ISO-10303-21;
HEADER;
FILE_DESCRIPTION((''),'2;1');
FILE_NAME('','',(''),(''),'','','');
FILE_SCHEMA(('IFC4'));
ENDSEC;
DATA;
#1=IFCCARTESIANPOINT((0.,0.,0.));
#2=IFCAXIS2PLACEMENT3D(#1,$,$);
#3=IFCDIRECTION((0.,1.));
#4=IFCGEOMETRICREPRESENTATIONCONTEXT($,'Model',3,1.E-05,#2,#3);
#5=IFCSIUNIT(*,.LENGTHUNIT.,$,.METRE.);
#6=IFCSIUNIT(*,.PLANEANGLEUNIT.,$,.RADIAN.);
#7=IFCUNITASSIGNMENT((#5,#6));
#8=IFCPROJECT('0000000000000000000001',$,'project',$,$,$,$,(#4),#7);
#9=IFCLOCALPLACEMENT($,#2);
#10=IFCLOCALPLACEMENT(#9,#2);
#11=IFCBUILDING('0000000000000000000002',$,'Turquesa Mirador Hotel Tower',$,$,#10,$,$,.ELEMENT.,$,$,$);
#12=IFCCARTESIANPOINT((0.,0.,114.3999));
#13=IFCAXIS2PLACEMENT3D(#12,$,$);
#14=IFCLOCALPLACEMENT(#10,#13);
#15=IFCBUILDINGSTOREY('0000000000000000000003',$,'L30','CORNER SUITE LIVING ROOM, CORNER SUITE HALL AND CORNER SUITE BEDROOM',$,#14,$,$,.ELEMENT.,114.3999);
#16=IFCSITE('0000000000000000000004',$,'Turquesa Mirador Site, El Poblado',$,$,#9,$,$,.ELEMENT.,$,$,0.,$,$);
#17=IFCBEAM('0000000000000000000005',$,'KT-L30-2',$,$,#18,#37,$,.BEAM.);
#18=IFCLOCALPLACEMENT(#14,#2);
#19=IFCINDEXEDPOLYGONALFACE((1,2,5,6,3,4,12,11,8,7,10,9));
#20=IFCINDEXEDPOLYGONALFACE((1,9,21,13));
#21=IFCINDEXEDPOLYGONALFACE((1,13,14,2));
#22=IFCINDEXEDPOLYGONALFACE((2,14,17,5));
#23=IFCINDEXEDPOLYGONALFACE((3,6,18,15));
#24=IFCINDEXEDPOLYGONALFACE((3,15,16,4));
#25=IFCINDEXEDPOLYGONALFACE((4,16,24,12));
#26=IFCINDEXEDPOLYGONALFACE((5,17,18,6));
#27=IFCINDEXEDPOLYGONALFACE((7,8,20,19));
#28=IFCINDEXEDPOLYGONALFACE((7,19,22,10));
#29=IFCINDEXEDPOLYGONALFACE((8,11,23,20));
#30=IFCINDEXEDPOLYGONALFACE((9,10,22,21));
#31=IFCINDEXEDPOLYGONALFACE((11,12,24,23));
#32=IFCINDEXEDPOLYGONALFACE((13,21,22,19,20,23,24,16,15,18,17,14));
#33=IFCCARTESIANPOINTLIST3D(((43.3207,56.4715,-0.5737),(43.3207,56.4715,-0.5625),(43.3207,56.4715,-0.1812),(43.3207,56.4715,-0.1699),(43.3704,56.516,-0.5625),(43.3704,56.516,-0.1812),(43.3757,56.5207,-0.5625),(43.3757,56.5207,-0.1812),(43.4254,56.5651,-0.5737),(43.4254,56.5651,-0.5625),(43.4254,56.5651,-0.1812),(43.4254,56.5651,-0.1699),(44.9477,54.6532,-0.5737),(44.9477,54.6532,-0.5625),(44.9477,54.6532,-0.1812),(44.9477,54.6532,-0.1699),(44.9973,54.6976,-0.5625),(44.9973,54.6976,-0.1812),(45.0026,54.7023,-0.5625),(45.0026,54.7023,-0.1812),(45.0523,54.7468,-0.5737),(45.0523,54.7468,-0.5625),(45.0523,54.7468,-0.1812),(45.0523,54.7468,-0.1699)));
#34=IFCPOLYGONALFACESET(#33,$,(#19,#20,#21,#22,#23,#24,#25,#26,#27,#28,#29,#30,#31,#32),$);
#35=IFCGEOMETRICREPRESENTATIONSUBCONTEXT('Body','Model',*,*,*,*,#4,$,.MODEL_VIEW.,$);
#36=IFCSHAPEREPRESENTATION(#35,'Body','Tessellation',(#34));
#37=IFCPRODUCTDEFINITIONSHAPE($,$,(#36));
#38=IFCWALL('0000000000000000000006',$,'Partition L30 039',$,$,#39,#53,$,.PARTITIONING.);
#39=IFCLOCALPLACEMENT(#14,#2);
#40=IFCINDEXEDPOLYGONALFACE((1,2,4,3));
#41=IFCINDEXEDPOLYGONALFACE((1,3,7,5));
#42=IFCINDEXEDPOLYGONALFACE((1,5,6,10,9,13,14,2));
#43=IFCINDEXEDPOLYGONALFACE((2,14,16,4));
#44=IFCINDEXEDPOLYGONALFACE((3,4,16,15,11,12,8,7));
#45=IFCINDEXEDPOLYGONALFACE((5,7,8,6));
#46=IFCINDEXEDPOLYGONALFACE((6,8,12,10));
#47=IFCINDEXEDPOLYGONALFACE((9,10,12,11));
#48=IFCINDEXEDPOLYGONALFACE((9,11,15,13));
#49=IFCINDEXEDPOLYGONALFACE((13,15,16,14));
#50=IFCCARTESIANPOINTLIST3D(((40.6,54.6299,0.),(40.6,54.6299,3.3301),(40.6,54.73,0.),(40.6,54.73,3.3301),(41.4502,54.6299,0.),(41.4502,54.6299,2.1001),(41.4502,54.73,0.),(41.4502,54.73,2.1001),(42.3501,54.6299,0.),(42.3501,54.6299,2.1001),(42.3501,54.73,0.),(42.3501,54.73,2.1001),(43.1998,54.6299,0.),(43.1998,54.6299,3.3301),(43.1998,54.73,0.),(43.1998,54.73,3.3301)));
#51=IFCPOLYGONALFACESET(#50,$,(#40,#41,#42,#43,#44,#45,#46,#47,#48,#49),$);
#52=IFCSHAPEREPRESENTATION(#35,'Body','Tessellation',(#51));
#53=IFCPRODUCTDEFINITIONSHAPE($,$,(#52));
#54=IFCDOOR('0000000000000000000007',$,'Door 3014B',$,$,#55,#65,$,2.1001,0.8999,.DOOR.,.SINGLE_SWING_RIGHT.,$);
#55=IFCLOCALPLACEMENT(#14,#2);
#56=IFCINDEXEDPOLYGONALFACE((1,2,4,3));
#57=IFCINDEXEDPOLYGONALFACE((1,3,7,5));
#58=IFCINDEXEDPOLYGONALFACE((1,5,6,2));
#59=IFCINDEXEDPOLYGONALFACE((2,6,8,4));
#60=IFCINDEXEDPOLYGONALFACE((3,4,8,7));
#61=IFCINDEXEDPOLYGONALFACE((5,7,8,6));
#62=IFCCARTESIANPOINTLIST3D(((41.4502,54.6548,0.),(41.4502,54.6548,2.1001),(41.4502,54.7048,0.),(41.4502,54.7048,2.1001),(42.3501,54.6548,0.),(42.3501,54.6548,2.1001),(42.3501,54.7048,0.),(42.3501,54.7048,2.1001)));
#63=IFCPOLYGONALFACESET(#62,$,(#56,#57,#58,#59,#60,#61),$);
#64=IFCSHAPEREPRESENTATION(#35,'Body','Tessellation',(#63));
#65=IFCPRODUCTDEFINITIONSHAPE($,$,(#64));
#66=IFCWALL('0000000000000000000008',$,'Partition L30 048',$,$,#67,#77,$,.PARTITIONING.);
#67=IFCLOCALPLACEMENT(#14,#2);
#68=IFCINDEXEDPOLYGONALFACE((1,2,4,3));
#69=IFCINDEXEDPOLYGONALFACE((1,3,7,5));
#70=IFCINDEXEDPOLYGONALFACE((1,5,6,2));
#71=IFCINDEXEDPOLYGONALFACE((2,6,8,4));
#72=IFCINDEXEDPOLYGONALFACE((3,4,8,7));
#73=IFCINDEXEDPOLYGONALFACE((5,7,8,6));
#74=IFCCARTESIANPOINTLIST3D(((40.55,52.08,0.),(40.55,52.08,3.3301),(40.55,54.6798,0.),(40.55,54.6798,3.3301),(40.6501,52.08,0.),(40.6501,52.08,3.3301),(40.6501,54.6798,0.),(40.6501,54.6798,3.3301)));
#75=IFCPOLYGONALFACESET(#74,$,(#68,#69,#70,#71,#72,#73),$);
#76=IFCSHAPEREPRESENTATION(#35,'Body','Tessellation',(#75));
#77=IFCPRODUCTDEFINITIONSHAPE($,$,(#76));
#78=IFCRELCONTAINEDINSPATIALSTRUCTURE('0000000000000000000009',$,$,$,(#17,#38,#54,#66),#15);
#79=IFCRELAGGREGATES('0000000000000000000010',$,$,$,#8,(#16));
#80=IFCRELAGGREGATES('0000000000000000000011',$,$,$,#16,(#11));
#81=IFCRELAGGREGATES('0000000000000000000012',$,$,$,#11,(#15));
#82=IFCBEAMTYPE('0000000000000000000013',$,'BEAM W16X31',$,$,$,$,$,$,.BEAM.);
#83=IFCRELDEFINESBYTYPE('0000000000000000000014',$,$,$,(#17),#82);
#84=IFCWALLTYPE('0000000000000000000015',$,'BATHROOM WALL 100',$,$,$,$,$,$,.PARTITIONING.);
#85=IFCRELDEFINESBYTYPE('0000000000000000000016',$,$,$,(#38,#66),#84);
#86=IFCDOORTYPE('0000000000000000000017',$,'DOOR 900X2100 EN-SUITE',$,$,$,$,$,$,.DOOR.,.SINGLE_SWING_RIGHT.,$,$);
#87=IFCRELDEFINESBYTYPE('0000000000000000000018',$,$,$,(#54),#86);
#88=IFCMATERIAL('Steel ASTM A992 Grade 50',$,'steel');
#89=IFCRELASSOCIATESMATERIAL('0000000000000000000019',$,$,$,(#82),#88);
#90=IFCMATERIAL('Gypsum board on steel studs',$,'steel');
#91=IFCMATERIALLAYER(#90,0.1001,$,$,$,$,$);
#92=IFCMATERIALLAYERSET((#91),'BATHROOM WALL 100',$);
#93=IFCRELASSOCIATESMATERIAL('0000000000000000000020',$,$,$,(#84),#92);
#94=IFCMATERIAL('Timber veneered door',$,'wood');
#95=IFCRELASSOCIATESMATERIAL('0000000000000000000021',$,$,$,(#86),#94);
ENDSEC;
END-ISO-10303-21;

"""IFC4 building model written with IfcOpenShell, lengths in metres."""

from ifc_helpers import new_model, si_unit, direction, frame, frame_2d, origin, origin_2d, place, context, subcontext, project, spatial, rectangle, i_section, extrude, material, layer, layer_set, material_profile, profile_set, type_object, element, fill, save


model = new_model("IFC4")

# Units and contexts
model_context = context("Model", 3, precision=1e-05, world=origin(), true_north=direction((0.0, 1.0)))
body_context = subcontext(model_context, "Body", "Model", "MODEL_VIEW")
ifc_project = project(units=[si_unit("LENGTHUNIT", "METRE"), si_unit("PLANEANGLEUNIT", "RADIAN")], contexts=[model_context])

# Site, building, storey
site_placement = place(None, origin())
site = spatial("IfcSite", under=ifc_project, at=site_placement, Name="Turquesa Mirador Site, El Poblado", CompositionType="ELEMENT", RefElevation=0.0)
building_placement = place(site_placement, origin())
building = spatial("IfcBuilding", under=site, at=building_placement, Name="Turquesa Mirador Hotel Tower", CompositionType="ELEMENT")
storey_placement = place(building_placement, frame((0.0, 0.0, 114.3999)))
storey = spatial("IfcBuildingStorey", under=building, at=storey_placement, Name="L30", Description="CORNER SUITE LIVING ROOM, CORNER SUITE HALL AND CORNER SUITE BEDROOM", CompositionType="ELEMENT", Elevation=114.3999)

# Beam
ifc_material_1 = material(Name="Steel ASTM A992 Grade 50", Category="steel")
ifc_material_profile = material_profile(ifc_material_1, i_section(OverallWidth=0.1404, OverallDepth=0.4038, WebThickness=0.0071, FlangeThickness=0.0112, at=origin_2d()), Name="W16X31")
ifc_profile_set = profile_set([ifc_material_profile], Name="Steel ASTM A992 Grade 50")
beam_type = type_object("IfcBeamType", Name="BEAM W16X31", PredefinedType="BEAM", material=ifc_profile_set)
beam_placement = place(storey_placement, frame((43.373, 56.5183, -0.3718), z_axis=(0.666795, -0.745241, 0.0), x_axis=(0.745241, 0.666795, 0.0)))
element("IfcBeam", 1, at=beam_placement, inside=storey, type_object=beam_type, Name="KT-L30-2", PredefinedType="BEAM", context=body_context, shape_type="SweptSolid", body=[
    extrude(i_section(OverallWidth=0.1404, OverallDepth=0.4038, WebThickness=0.0071, FlangeThickness=0.0112, at=origin_2d()), origin(), (0.0, 0.0, 1.0), 2.4399),
])

# Wall, opening, door
ifc_material_2 = material(Name="Gypsum board on steel studs", Category="steel")
ifc_layer_1 = layer(ifc_material_2, 0.1001)
ifc_layer_set_1 = layer_set([ifc_layer_1], Name="BATHROOM WALL 100")
wall_type_1 = type_object("IfcWallType", Name="BATHROOM WALL 100", PredefinedType="PARTITIONING", material=ifc_layer_set_1)
wall_1_placement = place(storey_placement, frame((40.6001, 54.6799, 0.0), z_axis=(0.0, 0.0, 1.0), x_axis=(1.0, 0.0, 0.0)))
wall_1 = element("IfcWall", 2, at=wall_1_placement, inside=storey, type_object=wall_type_1, Name="Partition L30 039", PredefinedType="PARTITIONING", context=body_context, shape_type="SweptSolid", body=[
    extrude(rectangle(XDim=2.5999, YDim=0.1001, at=frame_2d((1.2998, 0.0))), origin(), (0.0, 0.0, 1.0), 3.3301),
])
opening_1_placement = place(wall_1_placement, frame((0.8501, 0.0, 0.0)))
opening_1 = element("IfcOpeningElement", 3, at=opening_1_placement, cuts=wall_1, PredefinedType="OPENING", context=body_context, shape_type="SweptSolid", body=[
    extrude(rectangle(XDim=0.8999, YDim=2.1001, at=frame_2d((0.45, 1.05))), frame((0.0, 0.0601, 0.0), z_axis=(0.0, -1.0, 0.0), x_axis=(1.0, 0.0, 0.0)), (0.0, 0.0, 1.0), 0.1201),
])
ifc_material_3 = material(Name="Timber veneered door", Category="wood")
door_type_1 = type_object("IfcDoorType", Name="DOOR 900X2100 EN-SUITE", OperationType="SINGLE_SWING_RIGHT", PredefinedType="DOOR", material=ifc_material_3)
door_1_placement = place(opening_1_placement, origin())
door_1 = element("IfcDoor", 4, at=door_1_placement, inside=storey, type_object=door_type_1, Name="Door 3014B", OperationType="SINGLE_SWING_RIGHT", OverallHeight=2.1001, OverallWidth=0.8999, PredefinedType="DOOR", context=body_context, shape_type="SweptSolid", body=[
    extrude(rectangle(XDim=0.8999, YDim=2.1001, at=frame_2d((0.45, 1.05))), frame((0.0, 0.0249, 0.0), z_axis=(0.0, -1.0, 0.0), x_axis=(1.0, 0.0, 0.0)), (0.0, 0.0, 1.0), 0.05),
])
fill(opening_1, door_1)

# Wall
wall_2_placement = place(storey_placement, frame((40.6001, 52.0801, 0.0), z_axis=(0.0, 0.0, 1.0), x_axis=(0.0, 1.0, 0.0)))
element("IfcWall", 5, at=wall_2_placement, inside=storey, type_object=wall_type_1, Name="Partition L30 048", PredefinedType="PARTITIONING", context=body_context, shape_type="SweptSolid", body=[
    extrude(rectangle(XDim=2.5999, YDim=0.1001, at=frame_2d((1.2998, 0.0))), origin(), (0.0, 0.0, 1.0), 3.3301),
])

save(model, "model.ifc")
